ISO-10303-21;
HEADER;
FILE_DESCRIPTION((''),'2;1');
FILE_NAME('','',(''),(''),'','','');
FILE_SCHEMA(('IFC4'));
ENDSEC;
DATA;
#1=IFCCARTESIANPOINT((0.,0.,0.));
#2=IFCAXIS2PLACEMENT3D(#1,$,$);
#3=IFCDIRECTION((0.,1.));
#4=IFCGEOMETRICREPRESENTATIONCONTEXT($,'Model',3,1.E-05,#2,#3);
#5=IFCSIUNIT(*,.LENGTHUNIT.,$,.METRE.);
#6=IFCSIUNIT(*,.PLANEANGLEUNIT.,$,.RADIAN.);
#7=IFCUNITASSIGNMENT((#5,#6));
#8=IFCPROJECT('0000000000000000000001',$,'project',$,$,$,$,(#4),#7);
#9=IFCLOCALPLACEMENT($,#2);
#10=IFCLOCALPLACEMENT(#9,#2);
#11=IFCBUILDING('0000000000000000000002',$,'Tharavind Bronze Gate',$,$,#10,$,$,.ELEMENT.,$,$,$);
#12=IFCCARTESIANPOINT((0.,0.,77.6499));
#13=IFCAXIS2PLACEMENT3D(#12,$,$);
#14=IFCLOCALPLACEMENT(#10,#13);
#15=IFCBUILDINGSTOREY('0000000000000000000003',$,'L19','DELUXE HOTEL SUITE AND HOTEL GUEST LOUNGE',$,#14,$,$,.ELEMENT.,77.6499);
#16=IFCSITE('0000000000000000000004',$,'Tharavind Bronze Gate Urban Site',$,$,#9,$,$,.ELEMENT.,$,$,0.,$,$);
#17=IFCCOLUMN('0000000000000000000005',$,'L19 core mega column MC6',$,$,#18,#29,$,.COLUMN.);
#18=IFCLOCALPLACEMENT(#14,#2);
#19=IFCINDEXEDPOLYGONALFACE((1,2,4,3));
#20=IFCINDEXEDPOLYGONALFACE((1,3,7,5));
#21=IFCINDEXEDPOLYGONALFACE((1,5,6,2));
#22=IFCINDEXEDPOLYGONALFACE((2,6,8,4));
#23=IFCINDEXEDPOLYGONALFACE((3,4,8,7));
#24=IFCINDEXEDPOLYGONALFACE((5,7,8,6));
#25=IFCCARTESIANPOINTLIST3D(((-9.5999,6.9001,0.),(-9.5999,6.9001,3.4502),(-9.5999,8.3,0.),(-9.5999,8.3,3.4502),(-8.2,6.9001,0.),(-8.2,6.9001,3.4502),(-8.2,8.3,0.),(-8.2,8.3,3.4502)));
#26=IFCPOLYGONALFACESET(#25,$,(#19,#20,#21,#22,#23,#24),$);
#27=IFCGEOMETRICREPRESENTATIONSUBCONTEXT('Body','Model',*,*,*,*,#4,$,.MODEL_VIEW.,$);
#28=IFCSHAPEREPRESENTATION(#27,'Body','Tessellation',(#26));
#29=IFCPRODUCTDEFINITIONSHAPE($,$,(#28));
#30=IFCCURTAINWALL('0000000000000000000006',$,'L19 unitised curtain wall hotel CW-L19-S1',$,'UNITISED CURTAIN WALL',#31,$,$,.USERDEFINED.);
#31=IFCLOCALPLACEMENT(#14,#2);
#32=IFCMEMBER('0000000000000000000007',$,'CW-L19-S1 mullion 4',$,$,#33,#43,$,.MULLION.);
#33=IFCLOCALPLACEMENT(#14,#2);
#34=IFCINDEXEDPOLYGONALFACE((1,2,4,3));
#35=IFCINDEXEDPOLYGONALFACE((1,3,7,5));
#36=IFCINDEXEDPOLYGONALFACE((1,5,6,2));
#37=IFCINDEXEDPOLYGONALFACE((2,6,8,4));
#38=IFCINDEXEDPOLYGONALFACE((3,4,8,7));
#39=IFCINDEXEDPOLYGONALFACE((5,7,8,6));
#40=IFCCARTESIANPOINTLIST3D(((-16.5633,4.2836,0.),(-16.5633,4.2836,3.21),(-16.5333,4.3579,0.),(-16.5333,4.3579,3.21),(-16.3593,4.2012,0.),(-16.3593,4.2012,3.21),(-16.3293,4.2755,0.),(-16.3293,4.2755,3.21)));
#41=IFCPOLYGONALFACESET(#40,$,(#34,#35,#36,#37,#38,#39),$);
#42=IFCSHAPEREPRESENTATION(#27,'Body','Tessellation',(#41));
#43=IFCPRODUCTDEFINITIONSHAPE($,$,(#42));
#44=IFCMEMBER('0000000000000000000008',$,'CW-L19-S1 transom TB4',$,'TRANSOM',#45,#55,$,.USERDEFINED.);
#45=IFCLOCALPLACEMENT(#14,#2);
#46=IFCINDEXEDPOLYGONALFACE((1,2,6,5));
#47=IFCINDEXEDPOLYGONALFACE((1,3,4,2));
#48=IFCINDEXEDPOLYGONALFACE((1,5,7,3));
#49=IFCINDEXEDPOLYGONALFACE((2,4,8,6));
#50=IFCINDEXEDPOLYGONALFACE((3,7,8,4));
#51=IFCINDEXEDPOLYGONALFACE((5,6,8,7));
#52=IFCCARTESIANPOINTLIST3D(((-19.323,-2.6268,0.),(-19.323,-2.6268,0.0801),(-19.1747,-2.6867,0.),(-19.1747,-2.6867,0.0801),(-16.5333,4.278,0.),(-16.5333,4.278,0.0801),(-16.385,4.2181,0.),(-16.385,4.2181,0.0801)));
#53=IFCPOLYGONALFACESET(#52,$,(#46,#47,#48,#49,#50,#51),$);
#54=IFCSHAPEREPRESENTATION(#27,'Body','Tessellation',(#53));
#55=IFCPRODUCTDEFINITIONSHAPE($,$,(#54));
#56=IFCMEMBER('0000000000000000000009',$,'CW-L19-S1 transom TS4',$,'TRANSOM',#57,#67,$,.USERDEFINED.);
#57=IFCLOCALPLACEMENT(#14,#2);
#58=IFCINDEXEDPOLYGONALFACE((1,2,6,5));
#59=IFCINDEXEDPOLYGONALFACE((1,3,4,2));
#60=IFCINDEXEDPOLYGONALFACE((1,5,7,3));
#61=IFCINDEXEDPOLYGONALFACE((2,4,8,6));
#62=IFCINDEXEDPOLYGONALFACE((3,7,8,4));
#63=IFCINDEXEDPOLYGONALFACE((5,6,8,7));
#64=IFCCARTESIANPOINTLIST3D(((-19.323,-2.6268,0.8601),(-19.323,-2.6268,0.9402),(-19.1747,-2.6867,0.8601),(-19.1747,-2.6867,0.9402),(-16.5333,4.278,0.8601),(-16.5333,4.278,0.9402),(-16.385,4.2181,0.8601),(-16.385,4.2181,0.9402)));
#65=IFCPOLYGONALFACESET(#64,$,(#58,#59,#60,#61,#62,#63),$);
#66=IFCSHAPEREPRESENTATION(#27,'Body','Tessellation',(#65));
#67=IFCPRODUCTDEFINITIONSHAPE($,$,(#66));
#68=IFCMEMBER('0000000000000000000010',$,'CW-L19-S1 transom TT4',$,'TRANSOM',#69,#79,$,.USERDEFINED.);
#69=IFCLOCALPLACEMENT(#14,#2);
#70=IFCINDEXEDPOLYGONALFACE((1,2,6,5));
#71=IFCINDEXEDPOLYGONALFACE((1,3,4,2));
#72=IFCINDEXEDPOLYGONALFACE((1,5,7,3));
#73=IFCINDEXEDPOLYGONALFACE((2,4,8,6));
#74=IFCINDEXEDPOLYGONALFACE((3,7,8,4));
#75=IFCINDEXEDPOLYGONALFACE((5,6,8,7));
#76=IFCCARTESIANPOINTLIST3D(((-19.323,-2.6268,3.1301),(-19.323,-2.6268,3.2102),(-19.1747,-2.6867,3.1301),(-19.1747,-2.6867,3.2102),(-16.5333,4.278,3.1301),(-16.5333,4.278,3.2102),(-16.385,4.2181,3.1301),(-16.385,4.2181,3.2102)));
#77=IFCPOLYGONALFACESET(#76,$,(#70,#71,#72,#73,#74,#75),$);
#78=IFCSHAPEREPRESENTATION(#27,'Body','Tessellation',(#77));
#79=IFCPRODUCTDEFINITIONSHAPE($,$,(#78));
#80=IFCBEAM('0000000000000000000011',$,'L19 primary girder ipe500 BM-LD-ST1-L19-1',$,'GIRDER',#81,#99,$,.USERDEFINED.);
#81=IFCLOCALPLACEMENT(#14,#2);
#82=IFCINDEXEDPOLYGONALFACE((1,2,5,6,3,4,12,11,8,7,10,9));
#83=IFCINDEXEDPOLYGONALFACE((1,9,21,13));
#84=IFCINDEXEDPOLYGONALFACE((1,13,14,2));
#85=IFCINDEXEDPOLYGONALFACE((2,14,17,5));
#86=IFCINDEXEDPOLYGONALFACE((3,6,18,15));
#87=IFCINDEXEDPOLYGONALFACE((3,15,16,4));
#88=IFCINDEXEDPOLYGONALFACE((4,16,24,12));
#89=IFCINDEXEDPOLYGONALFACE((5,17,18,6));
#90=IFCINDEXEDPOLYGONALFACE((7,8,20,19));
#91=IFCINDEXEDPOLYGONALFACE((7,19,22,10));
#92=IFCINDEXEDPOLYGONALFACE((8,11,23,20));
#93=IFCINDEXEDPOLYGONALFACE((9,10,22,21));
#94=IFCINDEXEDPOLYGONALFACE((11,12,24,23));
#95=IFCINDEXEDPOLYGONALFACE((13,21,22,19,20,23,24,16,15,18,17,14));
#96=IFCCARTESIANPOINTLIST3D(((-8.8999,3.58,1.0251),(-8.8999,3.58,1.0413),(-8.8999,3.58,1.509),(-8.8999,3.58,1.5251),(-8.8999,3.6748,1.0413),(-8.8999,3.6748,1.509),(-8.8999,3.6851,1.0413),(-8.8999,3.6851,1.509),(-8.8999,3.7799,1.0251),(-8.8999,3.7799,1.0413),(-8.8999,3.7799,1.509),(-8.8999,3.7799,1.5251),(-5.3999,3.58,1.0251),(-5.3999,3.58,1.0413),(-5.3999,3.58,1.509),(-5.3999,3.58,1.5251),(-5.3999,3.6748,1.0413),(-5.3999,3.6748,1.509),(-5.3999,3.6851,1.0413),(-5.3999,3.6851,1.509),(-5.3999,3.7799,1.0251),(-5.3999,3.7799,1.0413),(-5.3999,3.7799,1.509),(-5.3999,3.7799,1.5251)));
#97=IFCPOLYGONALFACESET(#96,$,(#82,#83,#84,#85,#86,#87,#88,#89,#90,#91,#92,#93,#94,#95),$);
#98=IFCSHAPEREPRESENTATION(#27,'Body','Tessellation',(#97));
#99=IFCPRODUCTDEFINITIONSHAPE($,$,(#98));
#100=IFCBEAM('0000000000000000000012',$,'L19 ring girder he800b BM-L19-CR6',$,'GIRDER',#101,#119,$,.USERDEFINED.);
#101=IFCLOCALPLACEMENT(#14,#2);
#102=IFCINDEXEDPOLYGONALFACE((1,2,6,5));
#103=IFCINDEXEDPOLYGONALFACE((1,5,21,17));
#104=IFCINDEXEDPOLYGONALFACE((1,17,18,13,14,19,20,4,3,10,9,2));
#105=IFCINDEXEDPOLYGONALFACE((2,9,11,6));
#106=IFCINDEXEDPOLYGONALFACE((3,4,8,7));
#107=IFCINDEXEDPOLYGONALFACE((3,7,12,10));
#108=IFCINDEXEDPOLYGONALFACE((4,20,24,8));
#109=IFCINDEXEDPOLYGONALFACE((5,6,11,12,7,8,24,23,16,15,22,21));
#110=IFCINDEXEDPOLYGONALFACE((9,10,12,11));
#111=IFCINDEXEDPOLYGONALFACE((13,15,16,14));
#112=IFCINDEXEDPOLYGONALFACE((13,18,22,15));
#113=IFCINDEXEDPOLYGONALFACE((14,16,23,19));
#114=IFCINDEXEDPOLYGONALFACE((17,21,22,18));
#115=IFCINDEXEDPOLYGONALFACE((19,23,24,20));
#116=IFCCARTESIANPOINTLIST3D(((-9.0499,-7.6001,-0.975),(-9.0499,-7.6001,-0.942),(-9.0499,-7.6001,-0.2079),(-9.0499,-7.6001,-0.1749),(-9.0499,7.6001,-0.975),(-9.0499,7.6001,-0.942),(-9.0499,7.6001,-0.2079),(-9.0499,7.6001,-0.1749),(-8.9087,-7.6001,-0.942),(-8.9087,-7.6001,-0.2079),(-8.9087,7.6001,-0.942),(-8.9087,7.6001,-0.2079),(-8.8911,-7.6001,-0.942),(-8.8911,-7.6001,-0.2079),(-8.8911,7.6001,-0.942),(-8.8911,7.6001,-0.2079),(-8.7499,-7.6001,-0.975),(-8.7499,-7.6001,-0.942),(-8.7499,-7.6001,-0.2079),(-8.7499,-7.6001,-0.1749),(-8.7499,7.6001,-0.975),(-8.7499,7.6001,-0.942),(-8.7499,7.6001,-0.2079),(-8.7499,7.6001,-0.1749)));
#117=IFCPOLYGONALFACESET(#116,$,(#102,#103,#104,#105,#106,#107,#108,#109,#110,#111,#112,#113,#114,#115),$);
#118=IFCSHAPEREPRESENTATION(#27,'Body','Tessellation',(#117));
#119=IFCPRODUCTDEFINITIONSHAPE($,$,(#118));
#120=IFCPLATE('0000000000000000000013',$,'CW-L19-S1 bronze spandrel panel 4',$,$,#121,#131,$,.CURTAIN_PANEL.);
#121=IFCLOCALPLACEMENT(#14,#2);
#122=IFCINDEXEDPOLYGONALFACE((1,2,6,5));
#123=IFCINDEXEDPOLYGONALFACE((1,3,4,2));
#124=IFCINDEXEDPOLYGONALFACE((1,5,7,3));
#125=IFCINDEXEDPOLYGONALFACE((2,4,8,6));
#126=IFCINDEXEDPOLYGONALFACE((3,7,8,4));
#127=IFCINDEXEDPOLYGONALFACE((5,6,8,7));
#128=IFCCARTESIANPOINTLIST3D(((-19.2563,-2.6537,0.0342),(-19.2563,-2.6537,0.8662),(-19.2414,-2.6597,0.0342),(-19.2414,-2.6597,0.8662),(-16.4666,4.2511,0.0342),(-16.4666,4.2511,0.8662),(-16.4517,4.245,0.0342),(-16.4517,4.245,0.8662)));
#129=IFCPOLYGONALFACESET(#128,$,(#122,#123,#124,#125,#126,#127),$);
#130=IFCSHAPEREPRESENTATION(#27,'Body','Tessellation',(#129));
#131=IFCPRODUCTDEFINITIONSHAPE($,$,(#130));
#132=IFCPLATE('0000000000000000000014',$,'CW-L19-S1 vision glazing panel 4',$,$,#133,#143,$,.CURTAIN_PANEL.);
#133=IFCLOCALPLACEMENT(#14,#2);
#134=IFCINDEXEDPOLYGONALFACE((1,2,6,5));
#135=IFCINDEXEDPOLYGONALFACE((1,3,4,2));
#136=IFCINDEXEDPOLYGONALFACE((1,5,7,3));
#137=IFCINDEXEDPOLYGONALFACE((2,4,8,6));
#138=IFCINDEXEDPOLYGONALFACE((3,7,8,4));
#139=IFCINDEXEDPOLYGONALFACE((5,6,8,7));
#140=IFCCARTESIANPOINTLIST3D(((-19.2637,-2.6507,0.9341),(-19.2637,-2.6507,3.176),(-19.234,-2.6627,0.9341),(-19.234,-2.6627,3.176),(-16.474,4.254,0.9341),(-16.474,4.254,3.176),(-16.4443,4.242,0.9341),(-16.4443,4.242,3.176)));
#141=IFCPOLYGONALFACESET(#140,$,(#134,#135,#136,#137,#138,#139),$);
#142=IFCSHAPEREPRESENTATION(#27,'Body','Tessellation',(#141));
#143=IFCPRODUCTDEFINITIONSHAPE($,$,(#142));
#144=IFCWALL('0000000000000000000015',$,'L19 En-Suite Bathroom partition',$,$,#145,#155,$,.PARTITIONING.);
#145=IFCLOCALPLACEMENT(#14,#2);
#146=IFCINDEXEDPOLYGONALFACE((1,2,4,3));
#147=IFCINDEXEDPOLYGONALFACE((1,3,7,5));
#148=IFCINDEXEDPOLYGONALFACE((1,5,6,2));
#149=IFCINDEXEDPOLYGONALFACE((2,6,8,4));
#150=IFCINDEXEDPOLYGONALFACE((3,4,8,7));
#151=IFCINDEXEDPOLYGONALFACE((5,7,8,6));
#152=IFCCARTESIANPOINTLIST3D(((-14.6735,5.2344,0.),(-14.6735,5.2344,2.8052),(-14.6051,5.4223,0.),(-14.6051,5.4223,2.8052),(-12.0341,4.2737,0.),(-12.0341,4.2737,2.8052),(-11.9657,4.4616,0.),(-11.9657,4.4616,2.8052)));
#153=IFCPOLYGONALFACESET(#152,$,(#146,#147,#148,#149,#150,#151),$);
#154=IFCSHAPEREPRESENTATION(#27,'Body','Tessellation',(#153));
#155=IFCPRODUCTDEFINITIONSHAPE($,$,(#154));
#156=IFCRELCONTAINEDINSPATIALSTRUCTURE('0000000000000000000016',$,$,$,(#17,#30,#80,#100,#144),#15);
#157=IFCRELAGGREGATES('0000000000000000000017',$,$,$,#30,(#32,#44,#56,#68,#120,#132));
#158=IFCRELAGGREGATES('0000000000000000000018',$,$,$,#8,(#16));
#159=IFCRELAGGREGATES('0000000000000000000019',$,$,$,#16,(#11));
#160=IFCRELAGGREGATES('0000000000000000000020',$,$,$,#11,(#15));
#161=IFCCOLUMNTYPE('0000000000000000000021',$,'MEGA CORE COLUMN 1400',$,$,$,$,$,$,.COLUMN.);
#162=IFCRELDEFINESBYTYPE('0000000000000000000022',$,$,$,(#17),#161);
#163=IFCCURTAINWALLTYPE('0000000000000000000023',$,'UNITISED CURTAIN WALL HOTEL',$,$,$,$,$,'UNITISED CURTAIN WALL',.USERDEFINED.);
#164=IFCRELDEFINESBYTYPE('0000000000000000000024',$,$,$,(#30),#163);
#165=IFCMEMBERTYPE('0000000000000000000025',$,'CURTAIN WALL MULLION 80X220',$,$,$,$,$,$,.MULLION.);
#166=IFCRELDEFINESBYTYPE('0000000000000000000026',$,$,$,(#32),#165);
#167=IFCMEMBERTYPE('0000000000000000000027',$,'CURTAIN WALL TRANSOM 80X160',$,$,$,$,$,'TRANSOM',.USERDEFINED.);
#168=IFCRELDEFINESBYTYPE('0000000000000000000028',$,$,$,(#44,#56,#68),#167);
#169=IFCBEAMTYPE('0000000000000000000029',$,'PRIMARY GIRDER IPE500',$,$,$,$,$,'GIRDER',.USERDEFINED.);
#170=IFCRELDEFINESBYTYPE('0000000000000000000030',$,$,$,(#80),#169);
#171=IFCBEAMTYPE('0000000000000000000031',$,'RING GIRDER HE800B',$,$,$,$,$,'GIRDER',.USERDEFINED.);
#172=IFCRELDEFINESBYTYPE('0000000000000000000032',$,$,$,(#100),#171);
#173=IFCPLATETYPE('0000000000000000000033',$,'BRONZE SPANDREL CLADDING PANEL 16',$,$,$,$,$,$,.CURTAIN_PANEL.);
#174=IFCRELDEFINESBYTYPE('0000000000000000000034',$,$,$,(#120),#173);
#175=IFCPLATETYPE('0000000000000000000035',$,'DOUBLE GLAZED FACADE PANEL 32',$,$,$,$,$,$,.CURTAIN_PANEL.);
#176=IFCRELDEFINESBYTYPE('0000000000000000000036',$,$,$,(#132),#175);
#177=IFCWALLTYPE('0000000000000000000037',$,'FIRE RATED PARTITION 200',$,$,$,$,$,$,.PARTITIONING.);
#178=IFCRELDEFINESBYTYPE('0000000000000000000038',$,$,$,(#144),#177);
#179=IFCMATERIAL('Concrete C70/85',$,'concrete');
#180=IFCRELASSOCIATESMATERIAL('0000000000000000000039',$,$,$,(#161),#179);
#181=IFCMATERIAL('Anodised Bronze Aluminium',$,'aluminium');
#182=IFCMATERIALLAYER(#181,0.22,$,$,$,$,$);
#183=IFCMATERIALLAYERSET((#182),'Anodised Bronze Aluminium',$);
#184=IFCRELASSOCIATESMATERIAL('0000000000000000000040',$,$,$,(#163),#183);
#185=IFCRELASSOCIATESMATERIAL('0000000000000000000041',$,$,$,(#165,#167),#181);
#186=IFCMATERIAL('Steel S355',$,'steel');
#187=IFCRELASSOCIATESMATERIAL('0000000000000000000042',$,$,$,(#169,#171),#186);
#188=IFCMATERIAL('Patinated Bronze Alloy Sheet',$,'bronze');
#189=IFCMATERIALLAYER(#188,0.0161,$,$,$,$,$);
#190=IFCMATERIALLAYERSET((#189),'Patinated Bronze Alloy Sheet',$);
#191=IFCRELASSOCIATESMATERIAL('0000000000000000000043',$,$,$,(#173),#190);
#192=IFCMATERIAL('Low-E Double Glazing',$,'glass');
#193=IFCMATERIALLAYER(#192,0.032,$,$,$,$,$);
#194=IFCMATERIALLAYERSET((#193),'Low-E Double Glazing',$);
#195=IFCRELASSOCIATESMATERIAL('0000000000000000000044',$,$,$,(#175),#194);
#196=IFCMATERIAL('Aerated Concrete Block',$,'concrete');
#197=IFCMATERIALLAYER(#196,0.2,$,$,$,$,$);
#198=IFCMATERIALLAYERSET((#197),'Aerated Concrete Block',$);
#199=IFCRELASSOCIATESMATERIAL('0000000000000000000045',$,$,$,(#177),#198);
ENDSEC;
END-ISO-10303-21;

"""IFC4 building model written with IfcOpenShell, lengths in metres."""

from ifc_helpers import new_model, si_unit, direction, frame, frame_2d, origin, origin_2d, place, context, subcontext, project, spatial, rectangle, i_section, extrude, material, layer, layer_set, material_profile, profile_set, type_object, element, aggregate, save


model = new_model("IFC4")

# Units and contexts
model_context = context("Model", 3, precision=1e-05, world=origin(), true_north=direction((0.0, 1.0)))
body_context = subcontext(model_context, "Body", "Model", "MODEL_VIEW")
ifc_project = project(units=[si_unit("LENGTHUNIT", "METRE"), si_unit("PLANEANGLEUNIT", "RADIAN")], contexts=[model_context])

# Site, building, storey
site_placement = place(None, origin())
site = spatial("IfcSite", under=ifc_project, at=site_placement, Name="Tharavind Bronze Gate Urban Site", CompositionType="ELEMENT", RefElevation=0.0)
building_placement = place(site_placement, origin())
building = spatial("IfcBuilding", under=site, at=building_placement, Name="Tharavind Bronze Gate", CompositionType="ELEMENT")
storey_placement = place(building_placement, frame((0.0, 0.0, 77.6499)))
storey = spatial("IfcBuildingStorey", under=building, at=storey_placement, Name="L19", Description="DELUXE HOTEL SUITE AND HOTEL GUEST LOUNGE", CompositionType="ELEMENT", Elevation=77.6499)

# Column
ifc_material_1 = material(Name="Concrete C70/85", Category="concrete")
ifc_material_profile_1 = material_profile(ifc_material_1, rectangle(XDim=1.3999, YDim=1.3999, at=origin_2d()), Name="RCCOL1400")
ifc_profile_set_1 = profile_set([ifc_material_profile_1], Name="Concrete C70/85")
column_type = type_object("IfcColumnType", Name="MEGA CORE COLUMN 1400", PredefinedType="COLUMN", material=ifc_profile_set_1)
column_placement = place(storey_placement, frame((-8.8999, 7.6001, 0.0), z_axis=(0.0, 0.0, 1.0), x_axis=(1.0, 0.0, 0.0)))
element("IfcColumn", 1, at=column_placement, inside=storey, type_object=column_type, Name="L19 core mega column MC6", PredefinedType="COLUMN", context=body_context, shape_type="SweptSolid", body=[
    extrude(rectangle(XDim=1.3999, YDim=1.3999, at=origin_2d()), origin(), (0.0, 0.0, 1.0), 3.4502),
])

# Curtain wall, members
ifc_material_2 = material(Name="Anodised Bronze Aluminium", Category="aluminium")
ifc_layer_1 = layer(ifc_material_2, 0.22)
ifc_layer_set_1 = layer_set([ifc_layer_1], Name="Anodised Bronze Aluminium")
curtain_wall_type = type_object("IfcCurtainWallType", Name="UNITISED CURTAIN WALL HOTEL", ElementType="UNITISED CURTAIN WALL", PredefinedType="USERDEFINED", material=ifc_layer_set_1)
curtain_wall_placement = place(storey_placement, origin())
curtain_wall = element("IfcCurtainWall", 2, at=curtain_wall_placement, inside=storey, type_object=curtain_wall_type, Name="L19 unitised curtain wall hotel CW-L19-S1", ObjectType="UNITISED CURTAIN WALL", PredefinedType="USERDEFINED")
member_type_1 = type_object("IfcMemberType", Name="CURTAIN WALL MULLION 80X220", PredefinedType="MULLION", material=ifc_material_2)
member_1_placement = place(storey_placement, frame((-16.4463, 4.2795, 0.0), z_axis=(0.0, 0.0, 1.0), x_axis=(-0.374607, -0.927184, 0.0)))
member_1 = element("IfcMember", 3, at=member_1_placement, type_object=member_type_1, Name="CW-L19-S1 mullion 4", PredefinedType="MULLION", context=body_context, shape_type="SweptSolid", body=[
    extrude(rectangle(XDim=0.0801, YDim=0.22, at=origin_2d()), origin(), (0.0, 0.0, 1.0), 3.21),
])
member_type_2 = type_object("IfcMemberType", Name="CURTAIN WALL TRANSOM 80X160", ElementType="TRANSOM", PredefinedType="USERDEFINED", material=ifc_material_2)
member_2_placement = place(storey_placement, frame((-17.854, 0.7957, 0.0), z_axis=(0.0, 0.0, 1.0), x_axis=(-0.374607, -0.927184, 0.0)))
member_2 = element("IfcMember", 4, at=member_2_placement, type_object=member_type_2, Name="CW-L19-S1 transom TB4", ObjectType="TRANSOM", PredefinedType="USERDEFINED", context=body_context, shape_type="SweptSolid", body=[
    extrude(rectangle(XDim=7.447, YDim=0.1599, at=origin_2d()), origin(), (0.0, 0.0, 1.0), 0.0801),
])
member_3_placement = place(storey_placement, frame((-17.854, 0.7957, 0.8601), z_axis=(0.0, 0.0, 1.0), x_axis=(-0.374607, -0.927184, 0.0)))
member_3 = element("IfcMember", 5, at=member_3_placement, type_object=member_type_2, Name="CW-L19-S1 transom TS4", ObjectType="TRANSOM", PredefinedType="USERDEFINED", context=body_context, shape_type="SweptSolid", body=[
    extrude(rectangle(XDim=7.447, YDim=0.1599, at=origin_2d()), origin(), (0.0, 0.0, 1.0), 0.0801),
])
member_4_placement = place(storey_placement, frame((-17.854, 0.7957, 3.1301), z_axis=(0.0, 0.0, 1.0), x_axis=(-0.374607, -0.927184, 0.0)))
member_4 = element("IfcMember", 6, at=member_4_placement, type_object=member_type_2, Name="CW-L19-S1 transom TT4", ObjectType="TRANSOM", PredefinedType="USERDEFINED", context=body_context, shape_type="SweptSolid", body=[
    extrude(rectangle(XDim=7.447, YDim=0.1599, at=origin_2d()), origin(), (0.0, 0.0, 1.0), 0.0801),
])

# Beams
ifc_material_3 = material(Name="Steel S355", Category="steel")
ifc_material_profile_2 = material_profile(ifc_material_3, i_section(OverallWidth=0.2, OverallDepth=0.5, WebThickness=0.0103, FlangeThickness=0.0161, at=origin_2d()), Name="IPE500")
ifc_profile_set_2 = profile_set([ifc_material_profile_2], Name="Steel S355")
beam_type_1 = type_object("IfcBeamType", Name="PRIMARY GIRDER IPE500", ElementType="GIRDER", PredefinedType="USERDEFINED", material=ifc_profile_set_2)
beam_1_placement = place(storey_placement, frame((-8.8999, 3.6799, 1.2751), z_axis=(1.0, 0.0, 0.0), x_axis=(0.0, 1.0, 0.0)))
element("IfcBeam", 7, at=beam_1_placement, inside=storey, type_object=beam_type_1, Name="L19 primary girder ipe500 BM-LD-ST1-L19-1", ObjectType="GIRDER", PredefinedType="USERDEFINED", context=body_context, shape_type="SweptSolid", body=[
    extrude(i_section(OverallWidth=0.2, OverallDepth=0.5, WebThickness=0.0103, FlangeThickness=0.0161, at=origin_2d()), origin(), (0.0, 0.0, 1.0), 3.5),
])
ifc_material_profile_3 = material_profile(ifc_material_3, i_section(OverallWidth=0.3, OverallDepth=0.8, WebThickness=0.0176, FlangeThickness=0.033, at=origin_2d()), Name="HE800B")
ifc_profile_set_3 = profile_set([ifc_material_profile_3], Name="Steel S355")
beam_type_2 = type_object("IfcBeamType", Name="RING GIRDER HE800B", ElementType="GIRDER", PredefinedType="USERDEFINED", material=ifc_profile_set_3)
beam_2_placement = place(storey_placement, frame((-8.8999, 7.6001, -0.575), z_axis=(0.0, -1.0, 0.0), x_axis=(1.0, 0.0, 0.0)))
element("IfcBeam", 8, at=beam_2_placement, inside=storey, type_object=beam_type_2, Name="L19 ring girder he800b BM-L19-CR6", ObjectType="GIRDER", PredefinedType="USERDEFINED", context=body_context, shape_type="SweptSolid", body=[
    extrude(i_section(OverallWidth=0.3, OverallDepth=0.8, WebThickness=0.0176, FlangeThickness=0.033, at=origin_2d()), origin(), (0.0, 0.0, 1.0), 15.2002),
])

# Plates
ifc_material_4 = material(Name="Patinated Bronze Alloy Sheet", Category="bronze")
ifc_layer_2 = layer(ifc_material_4, 0.0161)
ifc_layer_set_2 = layer_set([ifc_layer_2], Name="Patinated Bronze Alloy Sheet")
plate_type_1 = type_object("IfcPlateType", Name="BRONZE SPANDREL CLADDING PANEL 16", PredefinedType="CURTAIN_PANEL", material=ifc_layer_set_2)
plate_1_placement = place(storey_placement, frame((-17.854, 0.7957, 0.0342), z_axis=(0.0, 0.0, 1.0), x_axis=(-0.374607, -0.927184, 0.0)))
plate_1 = element("IfcPlate", 9, at=plate_1_placement, type_object=plate_type_1, Name="CW-L19-S1 bronze spandrel panel 4", PredefinedType="CURTAIN_PANEL", context=body_context, shape_type="SweptSolid", body=[
    extrude(rectangle(XDim=7.447, YDim=0.0161, at=origin_2d()), origin(), (0.0, 0.0, 1.0), 0.832),
])
ifc_material_5 = material(Name="Low-E Double Glazing", Category="glass")
ifc_layer_3 = layer(ifc_material_5, 0.032)
ifc_layer_set_3 = layer_set([ifc_layer_3], Name="Low-E Double Glazing")
plate_type_2 = type_object("IfcPlateType", Name="DOUBLE GLAZED FACADE PANEL 32", PredefinedType="CURTAIN_PANEL", material=ifc_layer_set_3)
plate_2_placement = place(storey_placement, frame((-17.854, 0.7957, 0.9341), z_axis=(0.0, 0.0, 1.0), x_axis=(-0.374607, -0.927184, 0.0)))
plate_2 = element("IfcPlate", 10, at=plate_2_placement, type_object=plate_type_2, Name="CW-L19-S1 vision glazing panel 4", PredefinedType="CURTAIN_PANEL", context=body_context, shape_type="SweptSolid", body=[
    extrude(rectangle(XDim=7.447, YDim=0.032, at=origin_2d()), origin(), (0.0, 0.0, 1.0), 2.2419),
])
aggregate(curtain_wall, [member_1, member_2, member_3, member_4, plate_1, plate_2])

# Wall
ifc_material_6 = material(Name="Aerated Concrete Block", Category="concrete")
ifc_layer_4 = layer(ifc_material_6, 0.2)
ifc_layer_set_4 = layer_set([ifc_layer_4], Name="Aerated Concrete Block")
wall_type_1 = type_object("IfcWallType", Name="FIRE RATED PARTITION 200", PredefinedType="PARTITIONING", material=ifc_layer_set_4)
wall_1_placement = place(storey_placement, frame((-12.0, 4.3677, 0.0), z_axis=(0.0, 0.0, 1.0), x_axis=(-0.939689, 0.342029, 0.0)))
element("IfcWall", 11, at=wall_1_placement, inside=storey, type_object=wall_type_1, Name="L19 En-Suite Bathroom partition", PredefinedType="PARTITIONING", context=body_context, shape_type="SweptSolid", body=[
    extrude(rectangle(XDim=2.8088, YDim=0.2, at=frame_2d((1.4043, 0.0))), origin(), (0.0, 0.0, 1.0), 2.8052),
])

save(model, "model.ifc")
